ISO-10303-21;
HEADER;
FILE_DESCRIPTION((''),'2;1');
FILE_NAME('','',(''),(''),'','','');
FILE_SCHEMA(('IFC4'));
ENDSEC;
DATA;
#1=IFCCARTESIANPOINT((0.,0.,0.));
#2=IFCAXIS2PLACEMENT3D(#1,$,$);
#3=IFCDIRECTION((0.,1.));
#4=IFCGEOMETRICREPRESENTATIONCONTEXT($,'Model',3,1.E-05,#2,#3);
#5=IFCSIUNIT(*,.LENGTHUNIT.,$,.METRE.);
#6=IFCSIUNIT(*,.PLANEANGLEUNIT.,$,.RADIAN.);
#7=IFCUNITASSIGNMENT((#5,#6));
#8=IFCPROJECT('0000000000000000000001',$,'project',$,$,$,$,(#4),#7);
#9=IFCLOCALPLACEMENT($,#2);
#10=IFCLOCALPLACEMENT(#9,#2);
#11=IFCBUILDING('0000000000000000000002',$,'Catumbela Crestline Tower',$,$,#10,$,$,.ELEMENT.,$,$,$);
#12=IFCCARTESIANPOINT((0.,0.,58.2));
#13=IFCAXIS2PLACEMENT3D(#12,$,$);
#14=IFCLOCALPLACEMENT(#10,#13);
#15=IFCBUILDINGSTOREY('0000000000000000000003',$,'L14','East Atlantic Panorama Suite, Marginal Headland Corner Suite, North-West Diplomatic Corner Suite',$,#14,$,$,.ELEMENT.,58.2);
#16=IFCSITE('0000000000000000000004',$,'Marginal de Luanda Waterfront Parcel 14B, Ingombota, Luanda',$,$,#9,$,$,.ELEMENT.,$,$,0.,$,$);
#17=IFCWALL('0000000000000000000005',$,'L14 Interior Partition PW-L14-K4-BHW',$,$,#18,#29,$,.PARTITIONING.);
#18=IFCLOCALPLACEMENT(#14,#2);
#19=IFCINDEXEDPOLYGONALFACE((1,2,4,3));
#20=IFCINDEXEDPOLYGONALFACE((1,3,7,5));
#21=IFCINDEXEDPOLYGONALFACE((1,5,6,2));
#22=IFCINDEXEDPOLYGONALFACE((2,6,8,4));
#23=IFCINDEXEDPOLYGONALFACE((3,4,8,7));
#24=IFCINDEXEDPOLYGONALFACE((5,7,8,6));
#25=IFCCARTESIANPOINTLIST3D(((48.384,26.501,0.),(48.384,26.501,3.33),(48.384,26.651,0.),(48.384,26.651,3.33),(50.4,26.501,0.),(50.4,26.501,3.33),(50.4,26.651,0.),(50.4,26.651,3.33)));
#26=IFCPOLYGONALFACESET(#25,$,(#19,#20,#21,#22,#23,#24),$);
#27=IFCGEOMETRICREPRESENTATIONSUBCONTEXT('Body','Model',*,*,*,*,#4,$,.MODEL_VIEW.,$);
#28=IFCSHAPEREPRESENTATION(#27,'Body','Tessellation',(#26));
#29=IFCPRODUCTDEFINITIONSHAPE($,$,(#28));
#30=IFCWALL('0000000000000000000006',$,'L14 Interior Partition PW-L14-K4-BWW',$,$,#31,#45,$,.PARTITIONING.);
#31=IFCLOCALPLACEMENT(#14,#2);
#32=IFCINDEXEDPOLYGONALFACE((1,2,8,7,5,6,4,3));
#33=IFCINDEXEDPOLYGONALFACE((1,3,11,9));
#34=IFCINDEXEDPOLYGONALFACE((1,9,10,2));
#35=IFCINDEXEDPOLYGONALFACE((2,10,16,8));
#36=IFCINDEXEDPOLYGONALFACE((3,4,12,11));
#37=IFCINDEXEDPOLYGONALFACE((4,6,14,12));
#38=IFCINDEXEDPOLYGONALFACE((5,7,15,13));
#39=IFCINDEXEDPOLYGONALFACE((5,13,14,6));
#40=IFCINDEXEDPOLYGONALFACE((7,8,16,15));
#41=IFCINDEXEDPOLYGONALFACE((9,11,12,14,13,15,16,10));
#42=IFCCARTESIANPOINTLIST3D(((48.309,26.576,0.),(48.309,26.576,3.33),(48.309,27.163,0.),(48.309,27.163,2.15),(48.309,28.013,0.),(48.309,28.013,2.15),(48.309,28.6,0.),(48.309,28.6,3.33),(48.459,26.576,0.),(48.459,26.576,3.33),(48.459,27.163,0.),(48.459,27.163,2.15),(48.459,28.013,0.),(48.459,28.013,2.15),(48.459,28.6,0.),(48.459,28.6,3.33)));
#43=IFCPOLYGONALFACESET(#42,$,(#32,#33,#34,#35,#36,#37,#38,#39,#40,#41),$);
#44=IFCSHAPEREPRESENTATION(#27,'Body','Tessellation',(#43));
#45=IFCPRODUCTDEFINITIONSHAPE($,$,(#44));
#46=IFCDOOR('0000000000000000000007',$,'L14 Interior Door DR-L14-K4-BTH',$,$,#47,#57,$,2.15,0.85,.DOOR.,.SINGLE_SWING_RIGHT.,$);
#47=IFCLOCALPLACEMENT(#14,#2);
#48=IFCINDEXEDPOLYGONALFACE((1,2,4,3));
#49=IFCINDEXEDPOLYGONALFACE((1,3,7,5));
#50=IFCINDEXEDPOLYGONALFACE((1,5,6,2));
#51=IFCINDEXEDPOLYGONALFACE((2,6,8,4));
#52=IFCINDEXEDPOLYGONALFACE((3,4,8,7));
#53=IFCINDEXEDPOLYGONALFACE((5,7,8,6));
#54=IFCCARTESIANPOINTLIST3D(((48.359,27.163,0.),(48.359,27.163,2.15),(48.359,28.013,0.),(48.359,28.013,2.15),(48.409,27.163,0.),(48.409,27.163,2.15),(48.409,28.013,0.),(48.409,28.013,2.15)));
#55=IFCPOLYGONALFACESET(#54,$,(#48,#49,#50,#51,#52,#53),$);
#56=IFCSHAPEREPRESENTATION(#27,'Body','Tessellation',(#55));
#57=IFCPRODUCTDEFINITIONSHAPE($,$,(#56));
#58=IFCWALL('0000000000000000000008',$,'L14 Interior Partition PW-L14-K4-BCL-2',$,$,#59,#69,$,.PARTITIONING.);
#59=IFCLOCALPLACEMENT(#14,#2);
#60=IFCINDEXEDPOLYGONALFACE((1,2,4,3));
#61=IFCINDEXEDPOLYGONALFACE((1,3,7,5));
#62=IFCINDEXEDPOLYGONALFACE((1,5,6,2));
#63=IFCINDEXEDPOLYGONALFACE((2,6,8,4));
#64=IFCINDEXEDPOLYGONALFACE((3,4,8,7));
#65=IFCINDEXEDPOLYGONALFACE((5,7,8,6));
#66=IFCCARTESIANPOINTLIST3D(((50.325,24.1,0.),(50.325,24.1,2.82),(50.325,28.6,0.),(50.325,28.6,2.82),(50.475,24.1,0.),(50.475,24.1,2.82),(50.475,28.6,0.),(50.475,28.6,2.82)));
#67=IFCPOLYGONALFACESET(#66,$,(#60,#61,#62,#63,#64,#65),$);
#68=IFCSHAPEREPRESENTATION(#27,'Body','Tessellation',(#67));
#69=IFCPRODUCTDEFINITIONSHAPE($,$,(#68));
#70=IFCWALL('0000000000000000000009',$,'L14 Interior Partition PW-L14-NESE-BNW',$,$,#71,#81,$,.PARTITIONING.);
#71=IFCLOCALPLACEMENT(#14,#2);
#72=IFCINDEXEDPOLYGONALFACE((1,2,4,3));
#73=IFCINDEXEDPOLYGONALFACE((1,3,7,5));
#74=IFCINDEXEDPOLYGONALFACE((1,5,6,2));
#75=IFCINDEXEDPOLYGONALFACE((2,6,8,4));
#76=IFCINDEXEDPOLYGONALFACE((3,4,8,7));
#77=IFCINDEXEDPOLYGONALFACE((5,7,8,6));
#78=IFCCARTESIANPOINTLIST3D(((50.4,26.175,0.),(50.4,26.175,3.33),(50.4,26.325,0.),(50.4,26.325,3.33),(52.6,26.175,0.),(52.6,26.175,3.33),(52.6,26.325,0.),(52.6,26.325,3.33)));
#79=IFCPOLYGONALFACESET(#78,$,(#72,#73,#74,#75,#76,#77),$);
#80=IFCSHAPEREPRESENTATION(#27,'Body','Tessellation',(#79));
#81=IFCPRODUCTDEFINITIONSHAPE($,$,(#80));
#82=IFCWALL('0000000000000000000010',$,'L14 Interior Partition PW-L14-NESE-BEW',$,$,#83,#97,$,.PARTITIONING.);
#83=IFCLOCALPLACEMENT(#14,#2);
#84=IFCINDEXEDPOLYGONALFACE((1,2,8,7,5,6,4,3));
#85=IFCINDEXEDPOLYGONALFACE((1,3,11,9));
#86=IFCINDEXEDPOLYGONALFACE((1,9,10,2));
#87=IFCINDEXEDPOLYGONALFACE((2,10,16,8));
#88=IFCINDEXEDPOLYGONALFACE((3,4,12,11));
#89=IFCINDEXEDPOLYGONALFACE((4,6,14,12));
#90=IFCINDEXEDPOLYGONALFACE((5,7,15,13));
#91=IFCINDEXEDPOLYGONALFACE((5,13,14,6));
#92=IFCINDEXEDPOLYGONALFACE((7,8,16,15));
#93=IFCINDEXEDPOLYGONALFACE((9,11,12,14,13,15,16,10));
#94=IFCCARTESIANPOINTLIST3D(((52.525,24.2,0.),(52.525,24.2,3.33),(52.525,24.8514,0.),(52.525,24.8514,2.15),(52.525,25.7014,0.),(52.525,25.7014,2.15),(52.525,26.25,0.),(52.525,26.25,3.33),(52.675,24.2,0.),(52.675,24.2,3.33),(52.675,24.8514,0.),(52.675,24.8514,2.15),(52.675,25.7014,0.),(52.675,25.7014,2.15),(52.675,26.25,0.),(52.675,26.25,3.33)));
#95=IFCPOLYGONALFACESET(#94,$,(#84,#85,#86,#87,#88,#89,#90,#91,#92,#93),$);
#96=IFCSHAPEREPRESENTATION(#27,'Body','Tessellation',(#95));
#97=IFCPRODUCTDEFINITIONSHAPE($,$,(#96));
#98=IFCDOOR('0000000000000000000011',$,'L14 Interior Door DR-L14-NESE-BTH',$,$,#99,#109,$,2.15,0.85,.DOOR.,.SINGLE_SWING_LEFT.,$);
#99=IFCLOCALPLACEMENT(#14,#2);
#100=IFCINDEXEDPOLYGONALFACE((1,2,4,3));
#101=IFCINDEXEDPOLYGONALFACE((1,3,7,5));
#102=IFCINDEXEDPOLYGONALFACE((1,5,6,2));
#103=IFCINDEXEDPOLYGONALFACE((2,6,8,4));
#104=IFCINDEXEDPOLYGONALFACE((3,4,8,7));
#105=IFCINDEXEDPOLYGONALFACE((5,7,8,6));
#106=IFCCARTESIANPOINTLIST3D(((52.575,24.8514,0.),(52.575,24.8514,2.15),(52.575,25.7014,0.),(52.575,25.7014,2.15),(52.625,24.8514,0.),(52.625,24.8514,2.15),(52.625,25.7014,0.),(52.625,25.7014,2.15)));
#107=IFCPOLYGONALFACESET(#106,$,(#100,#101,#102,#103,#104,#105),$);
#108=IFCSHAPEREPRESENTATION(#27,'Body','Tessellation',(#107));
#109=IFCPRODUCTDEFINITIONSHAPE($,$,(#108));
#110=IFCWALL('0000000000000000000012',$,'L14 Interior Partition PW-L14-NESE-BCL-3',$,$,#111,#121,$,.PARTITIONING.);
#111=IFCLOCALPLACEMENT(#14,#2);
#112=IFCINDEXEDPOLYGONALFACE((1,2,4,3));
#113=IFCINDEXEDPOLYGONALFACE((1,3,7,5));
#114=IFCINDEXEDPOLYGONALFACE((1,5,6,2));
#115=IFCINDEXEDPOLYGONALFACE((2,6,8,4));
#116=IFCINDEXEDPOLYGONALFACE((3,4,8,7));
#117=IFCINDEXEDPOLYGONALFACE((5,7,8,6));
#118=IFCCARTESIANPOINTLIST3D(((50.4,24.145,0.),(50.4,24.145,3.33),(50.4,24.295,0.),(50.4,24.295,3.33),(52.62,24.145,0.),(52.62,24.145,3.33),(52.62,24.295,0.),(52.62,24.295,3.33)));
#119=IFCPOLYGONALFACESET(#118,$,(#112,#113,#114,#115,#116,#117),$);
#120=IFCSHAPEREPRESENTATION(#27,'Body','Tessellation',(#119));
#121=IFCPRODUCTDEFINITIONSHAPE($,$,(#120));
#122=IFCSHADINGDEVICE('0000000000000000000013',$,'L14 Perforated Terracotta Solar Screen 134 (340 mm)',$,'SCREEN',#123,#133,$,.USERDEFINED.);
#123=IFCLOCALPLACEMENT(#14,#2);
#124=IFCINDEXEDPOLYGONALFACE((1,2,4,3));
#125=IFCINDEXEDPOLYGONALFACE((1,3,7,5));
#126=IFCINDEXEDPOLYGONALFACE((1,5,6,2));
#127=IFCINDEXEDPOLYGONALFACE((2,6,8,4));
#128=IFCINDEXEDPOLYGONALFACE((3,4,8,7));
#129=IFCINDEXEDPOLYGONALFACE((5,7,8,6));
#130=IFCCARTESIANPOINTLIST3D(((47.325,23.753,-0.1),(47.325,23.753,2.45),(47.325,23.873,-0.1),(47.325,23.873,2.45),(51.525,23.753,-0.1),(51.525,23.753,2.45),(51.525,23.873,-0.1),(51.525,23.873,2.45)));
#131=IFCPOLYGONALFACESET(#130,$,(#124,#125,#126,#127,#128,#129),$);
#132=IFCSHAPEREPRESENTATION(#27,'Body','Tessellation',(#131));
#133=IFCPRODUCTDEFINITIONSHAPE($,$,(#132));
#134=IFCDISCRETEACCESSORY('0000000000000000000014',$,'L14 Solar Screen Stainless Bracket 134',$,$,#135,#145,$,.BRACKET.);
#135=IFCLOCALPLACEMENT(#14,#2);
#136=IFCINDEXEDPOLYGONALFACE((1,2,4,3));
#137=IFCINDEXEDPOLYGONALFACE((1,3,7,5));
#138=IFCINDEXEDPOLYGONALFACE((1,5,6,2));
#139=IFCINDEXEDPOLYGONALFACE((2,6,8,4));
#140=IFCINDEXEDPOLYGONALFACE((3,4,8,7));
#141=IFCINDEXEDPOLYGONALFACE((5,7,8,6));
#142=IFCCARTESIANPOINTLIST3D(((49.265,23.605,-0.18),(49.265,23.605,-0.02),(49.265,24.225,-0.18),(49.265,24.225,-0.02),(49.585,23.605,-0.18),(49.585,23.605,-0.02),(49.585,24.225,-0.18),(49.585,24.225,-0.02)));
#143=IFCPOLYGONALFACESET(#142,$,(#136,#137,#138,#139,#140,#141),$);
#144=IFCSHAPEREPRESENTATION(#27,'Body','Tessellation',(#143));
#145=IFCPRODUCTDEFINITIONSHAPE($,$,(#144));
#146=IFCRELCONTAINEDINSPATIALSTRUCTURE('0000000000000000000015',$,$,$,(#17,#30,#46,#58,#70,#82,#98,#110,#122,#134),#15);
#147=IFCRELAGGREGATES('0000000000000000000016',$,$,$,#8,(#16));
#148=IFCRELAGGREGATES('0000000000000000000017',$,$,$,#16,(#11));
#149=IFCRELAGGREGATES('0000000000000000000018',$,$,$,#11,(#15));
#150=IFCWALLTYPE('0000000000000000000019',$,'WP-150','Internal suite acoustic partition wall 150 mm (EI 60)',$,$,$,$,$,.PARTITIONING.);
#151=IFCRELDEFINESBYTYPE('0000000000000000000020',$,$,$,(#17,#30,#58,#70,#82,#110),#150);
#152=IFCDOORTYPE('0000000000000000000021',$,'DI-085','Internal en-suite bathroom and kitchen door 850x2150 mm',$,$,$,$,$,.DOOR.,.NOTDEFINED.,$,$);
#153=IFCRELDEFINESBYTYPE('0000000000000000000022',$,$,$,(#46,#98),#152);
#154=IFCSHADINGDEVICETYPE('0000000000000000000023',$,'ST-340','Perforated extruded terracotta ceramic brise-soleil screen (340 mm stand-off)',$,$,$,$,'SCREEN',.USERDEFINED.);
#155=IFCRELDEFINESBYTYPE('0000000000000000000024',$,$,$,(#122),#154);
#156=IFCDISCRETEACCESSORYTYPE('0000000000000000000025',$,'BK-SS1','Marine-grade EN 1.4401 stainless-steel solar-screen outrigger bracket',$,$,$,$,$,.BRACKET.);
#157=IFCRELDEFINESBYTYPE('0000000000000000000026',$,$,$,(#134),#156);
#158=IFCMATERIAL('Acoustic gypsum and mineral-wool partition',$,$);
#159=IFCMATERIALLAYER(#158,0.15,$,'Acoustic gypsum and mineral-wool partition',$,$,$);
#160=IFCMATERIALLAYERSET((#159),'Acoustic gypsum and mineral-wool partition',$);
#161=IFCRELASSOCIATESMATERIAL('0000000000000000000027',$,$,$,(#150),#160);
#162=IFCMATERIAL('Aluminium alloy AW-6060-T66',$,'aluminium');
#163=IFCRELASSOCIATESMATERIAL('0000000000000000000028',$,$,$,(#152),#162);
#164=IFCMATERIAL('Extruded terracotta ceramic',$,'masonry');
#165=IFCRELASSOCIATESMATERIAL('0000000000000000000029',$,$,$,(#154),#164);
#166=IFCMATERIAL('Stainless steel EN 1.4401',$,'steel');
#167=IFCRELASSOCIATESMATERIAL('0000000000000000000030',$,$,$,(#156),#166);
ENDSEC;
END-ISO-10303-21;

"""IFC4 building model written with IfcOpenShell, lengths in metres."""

from ifc_helpers import new_model, si_unit, direction, frame, frame_2d, origin, origin_2d, place, context, subcontext, project, spatial, rectangle, extrude, material, layer, layer_set, type_object, element, fill, save


model = new_model("IFC4")

# Units and contexts
model_context = context("Model", 3, precision=1e-05, world=origin(), true_north=direction((0.0, 1.0)))
body_context = subcontext(model_context, "Body", "Model", "MODEL_VIEW")
ifc_project = project(units=[si_unit("LENGTHUNIT", "METRE"), si_unit("PLANEANGLEUNIT", "RADIAN")], contexts=[model_context])

# Site, building, storey
site_placement = place(None, origin())
site = spatial("IfcSite", under=ifc_project, at=site_placement, Name="Marginal de Luanda Waterfront Parcel 14B, Ingombota, Luanda", CompositionType="ELEMENT", RefElevation=0.0)
building_placement = place(site_placement, origin())
building = spatial("IfcBuilding", under=site, at=building_placement, Name="Catumbela Crestline Tower", CompositionType="ELEMENT")
storey_placement = place(building_placement, frame((0.0, 0.0, 58.2)))
storey = spatial("IfcBuildingStorey", under=building, at=storey_placement, Name="L14", Description="East Atlantic Panorama Suite, Marginal Headland Corner Suite, North-West Diplomatic Corner Suite", CompositionType="ELEMENT", Elevation=58.2)

# Shared definitions
ifc_material_1 = material(Name="Aluminium alloy AW-6060-T66", Category="aluminium")

# Shared definitions
ifc_material_2 = material(Name="Acoustic gypsum and mineral-wool partition")

# Wall
ifc_layer_1 = layer(ifc_material_2, 0.15, Name="Acoustic gypsum and mineral-wool partition")
ifc_layer_set_1 = layer_set([ifc_layer_1], Name="Acoustic gypsum and mineral-wool partition")
wall_type_1 = type_object("IfcWallType", Name="WP-150", Description="Internal suite acoustic partition wall 150 mm (EI 60)", PredefinedType="PARTITIONING", material=ifc_layer_set_1)
wall_1_placement = place(storey_placement, frame((48.384, 26.576, 0.0), z_axis=(0.0, 0.0, 1.0), x_axis=(1.0, 0.0, 0.0)))
element("IfcWall", 1, at=wall_1_placement, inside=storey, type_object=wall_type_1, Name="L14 Interior Partition PW-L14-K4-BHW", PredefinedType="PARTITIONING", context=body_context, shape_type="SweptSolid", body=[
    extrude(rectangle(XDim=2.016, YDim=0.15, at=frame_2d((1.008, 0.0))), origin(), (0.0, 0.0, 1.0), 3.33),
])

# Wall, opening, door
wall_2_placement = place(storey_placement, frame((48.384, 26.576, 0.0), z_axis=(0.0, 0.0, 1.0), x_axis=(0.0, 1.0, 0.0)))
wall_2 = element("IfcWall", 2, at=wall_2_placement, inside=storey, type_object=wall_type_1, Name="L14 Interior Partition PW-L14-K4-BWW", PredefinedType="PARTITIONING", context=body_context, shape_type="SweptSolid", body=[
    extrude(rectangle(XDim=2.024, YDim=0.15, at=frame_2d((1.012, 0.0))), origin(), (0.0, 0.0, 1.0), 3.33),
])
opening_1_placement = place(wall_2_placement, frame((0.587, 0.0, 0.0)))
opening_1 = element("IfcOpeningElement", 3, at=opening_1_placement, cuts=wall_2, PredefinedType="OPENING", context=body_context, shape_type="SweptSolid", body=[
    extrude(rectangle(XDim=0.85, YDim=2.15, at=frame_2d((0.425, 1.075))), frame((0.0, 0.085, 0.0), z_axis=(0.0, -1.0, 0.0), x_axis=(1.0, 0.0, 0.0)), (0.0, 0.0, 1.0), 0.17),
])
door_type_1 = type_object("IfcDoorType", Name="DI-085", Description="Internal en-suite bathroom and kitchen door 850x2150 mm", OperationType="NOTDEFINED", PredefinedType="DOOR", material=ifc_material_1)
door_1_placement = place(opening_1_placement, origin())
door_1 = element("IfcDoor", 4, at=door_1_placement, inside=storey, type_object=door_type_1, Name="L14 Interior Door DR-L14-K4-BTH", OperationType="SINGLE_SWING_RIGHT", OverallHeight=2.15, OverallWidth=0.85, PredefinedType="DOOR", context=body_context, shape_type="SweptSolid", body=[
    extrude(rectangle(XDim=0.85, YDim=2.15, at=frame_2d((0.425, 1.075))), frame((0.0, 0.025, 0.0), z_axis=(0.0, -1.0, 0.0), x_axis=(1.0, 0.0, 0.0)), (0.0, 0.0, 1.0), 0.05),
])
fill(opening_1, door_1)

# Walls
wall_3_placement = place(storey_placement, frame((50.4, 28.6, 0.0), z_axis=(0.0, 0.0, 1.0), x_axis=(0.0, -1.0, 0.0)))
element("IfcWall", 5, at=wall_3_placement, inside=storey, type_object=wall_type_1, Name="L14 Interior Partition PW-L14-K4-BCL-2", PredefinedType="PARTITIONING", context=body_context, shape_type="SweptSolid", body=[
    extrude(rectangle(XDim=4.5, YDim=0.15, at=frame_2d((2.25, 0.0))), origin(), (0.0, 0.0, 1.0), 2.82),
])
wall_4_placement = place(storey_placement, frame((50.4, 26.25, 0.0), z_axis=(0.0, 0.0, 1.0), x_axis=(1.0, 0.0, 0.0)))
element("IfcWall", 6, at=wall_4_placement, inside=storey, type_object=wall_type_1, Name="L14 Interior Partition PW-L14-NESE-BNW", PredefinedType="PARTITIONING", context=body_context, shape_type="SweptSolid", body=[
    extrude(rectangle(XDim=2.2, YDim=0.15, at=frame_2d((1.1, 0.0))), origin(), (0.0, 0.0, 1.0), 3.33),
])

# Wall, opening, door
wall_5_placement = place(storey_placement, frame((52.6, 24.2, 0.0), z_axis=(0.0, 0.0, 1.0), x_axis=(0.0, 1.0, 0.0)))
wall_5 = element("IfcWall", 7, at=wall_5_placement, inside=storey, type_object=wall_type_1, Name="L14 Interior Partition PW-L14-NESE-BEW", PredefinedType="PARTITIONING", context=body_context, shape_type="SweptSolid", body=[
    extrude(rectangle(XDim=2.05, YDim=0.15, at=frame_2d((1.025, 0.0))), origin(), (0.0, 0.0, 1.0), 3.33),
])
opening_2_placement = place(wall_5_placement, frame((0.6514, 0.0, 0.0)))
opening_2 = element("IfcOpeningElement", 8, at=opening_2_placement, cuts=wall_5, PredefinedType="OPENING", context=body_context, shape_type="SweptSolid", body=[
    extrude(rectangle(XDim=0.85, YDim=2.15, at=frame_2d((0.425, 1.075))), frame((0.0, 0.085, 0.0), z_axis=(0.0, -1.0, 0.0), x_axis=(1.0, 0.0, 0.0)), (0.0, 0.0, 1.0), 0.17),
])
door_2_placement = place(opening_2_placement, origin())
door_2 = element("IfcDoor", 9, at=door_2_placement, inside=storey, type_object=door_type_1, Name="L14 Interior Door DR-L14-NESE-BTH", OperationType="SINGLE_SWING_LEFT", OverallHeight=2.15, OverallWidth=0.85, PredefinedType="DOOR", context=body_context, shape_type="SweptSolid", body=[
    extrude(rectangle(XDim=0.85, YDim=2.15, at=frame_2d((0.425, 1.075))), frame((0.0, 0.025, 0.0), z_axis=(0.0, -1.0, 0.0), x_axis=(1.0, 0.0, 0.0)), (0.0, 0.0, 1.0), 0.05),
])
fill(opening_2, door_2)

# Wall
wall_6_placement = place(storey_placement, frame((52.62, 24.22, 0.0), z_axis=(0.0, 0.0, 1.0), x_axis=(-1.0, 0.0, 0.0)))
element("IfcWall", 10, at=wall_6_placement, inside=storey, type_object=wall_type_1, Name="L14 Interior Partition PW-L14-NESE-BCL-3", PredefinedType="PARTITIONING", context=body_context, shape_type="SweptSolid", body=[
    extrude(rectangle(XDim=2.22, YDim=0.15, at=frame_2d((1.11, 0.0))), origin(), (0.0, 0.0, 1.0), 3.33),
])

# Shading device
ifc_material_3 = material(Name="Extruded terracotta ceramic", Category="masonry")
shading_device_type = type_object("IfcShadingDeviceType", Name="ST-340", Description="Perforated extruded terracotta ceramic brise-soleil screen (340 mm stand-off)", ElementType="SCREEN", PredefinedType="USERDEFINED", material=ifc_material_3)
shading_device_placement = place(storey_placement, frame((49.425, 23.813, -0.1), z_axis=(0.0, 0.0, 1.0), x_axis=(1.0, 0.0, 0.0)))
element("IfcShadingDevice", 11, at=shading_device_placement, inside=storey, type_object=shading_device_type, Name="L14 Perforated Terracotta Solar Screen 134 (340 mm)", ObjectType="SCREEN", PredefinedType="USERDEFINED", context=body_context, shape_type="SweptSolid", body=[
    extrude(rectangle(XDim=4.2, YDim=0.12, at=origin_2d()), origin(), (0.0, 0.0, 1.0), 2.55),
])

# Discrete accessory
ifc_material_4 = material(Name="Stainless steel EN 1.4401", Category="steel")
discrete_accessory_type = type_object("IfcDiscreteAccessoryType", Name="BK-SS1", Description="Marine-grade EN 1.4401 stainless-steel solar-screen outrigger bracket", PredefinedType="BRACKET", material=ifc_material_4)
discrete_accessory_placement = place(storey_placement, frame((49.425, 23.915, -0.18), z_axis=(0.0, 0.0, 1.0), x_axis=(1.0, 0.0, 0.0)))
element("IfcDiscreteAccessory", 12, at=discrete_accessory_placement, inside=storey, type_object=discrete_accessory_type, Name="L14 Solar Screen Stainless Bracket 134", PredefinedType="BRACKET", context=body_context, shape_type="SweptSolid", body=[
    extrude(rectangle(XDim=0.32, YDim=0.62, at=origin_2d()), origin(), (0.0, 0.0, 1.0), 0.16),
])

save(model, "model.ifc")
